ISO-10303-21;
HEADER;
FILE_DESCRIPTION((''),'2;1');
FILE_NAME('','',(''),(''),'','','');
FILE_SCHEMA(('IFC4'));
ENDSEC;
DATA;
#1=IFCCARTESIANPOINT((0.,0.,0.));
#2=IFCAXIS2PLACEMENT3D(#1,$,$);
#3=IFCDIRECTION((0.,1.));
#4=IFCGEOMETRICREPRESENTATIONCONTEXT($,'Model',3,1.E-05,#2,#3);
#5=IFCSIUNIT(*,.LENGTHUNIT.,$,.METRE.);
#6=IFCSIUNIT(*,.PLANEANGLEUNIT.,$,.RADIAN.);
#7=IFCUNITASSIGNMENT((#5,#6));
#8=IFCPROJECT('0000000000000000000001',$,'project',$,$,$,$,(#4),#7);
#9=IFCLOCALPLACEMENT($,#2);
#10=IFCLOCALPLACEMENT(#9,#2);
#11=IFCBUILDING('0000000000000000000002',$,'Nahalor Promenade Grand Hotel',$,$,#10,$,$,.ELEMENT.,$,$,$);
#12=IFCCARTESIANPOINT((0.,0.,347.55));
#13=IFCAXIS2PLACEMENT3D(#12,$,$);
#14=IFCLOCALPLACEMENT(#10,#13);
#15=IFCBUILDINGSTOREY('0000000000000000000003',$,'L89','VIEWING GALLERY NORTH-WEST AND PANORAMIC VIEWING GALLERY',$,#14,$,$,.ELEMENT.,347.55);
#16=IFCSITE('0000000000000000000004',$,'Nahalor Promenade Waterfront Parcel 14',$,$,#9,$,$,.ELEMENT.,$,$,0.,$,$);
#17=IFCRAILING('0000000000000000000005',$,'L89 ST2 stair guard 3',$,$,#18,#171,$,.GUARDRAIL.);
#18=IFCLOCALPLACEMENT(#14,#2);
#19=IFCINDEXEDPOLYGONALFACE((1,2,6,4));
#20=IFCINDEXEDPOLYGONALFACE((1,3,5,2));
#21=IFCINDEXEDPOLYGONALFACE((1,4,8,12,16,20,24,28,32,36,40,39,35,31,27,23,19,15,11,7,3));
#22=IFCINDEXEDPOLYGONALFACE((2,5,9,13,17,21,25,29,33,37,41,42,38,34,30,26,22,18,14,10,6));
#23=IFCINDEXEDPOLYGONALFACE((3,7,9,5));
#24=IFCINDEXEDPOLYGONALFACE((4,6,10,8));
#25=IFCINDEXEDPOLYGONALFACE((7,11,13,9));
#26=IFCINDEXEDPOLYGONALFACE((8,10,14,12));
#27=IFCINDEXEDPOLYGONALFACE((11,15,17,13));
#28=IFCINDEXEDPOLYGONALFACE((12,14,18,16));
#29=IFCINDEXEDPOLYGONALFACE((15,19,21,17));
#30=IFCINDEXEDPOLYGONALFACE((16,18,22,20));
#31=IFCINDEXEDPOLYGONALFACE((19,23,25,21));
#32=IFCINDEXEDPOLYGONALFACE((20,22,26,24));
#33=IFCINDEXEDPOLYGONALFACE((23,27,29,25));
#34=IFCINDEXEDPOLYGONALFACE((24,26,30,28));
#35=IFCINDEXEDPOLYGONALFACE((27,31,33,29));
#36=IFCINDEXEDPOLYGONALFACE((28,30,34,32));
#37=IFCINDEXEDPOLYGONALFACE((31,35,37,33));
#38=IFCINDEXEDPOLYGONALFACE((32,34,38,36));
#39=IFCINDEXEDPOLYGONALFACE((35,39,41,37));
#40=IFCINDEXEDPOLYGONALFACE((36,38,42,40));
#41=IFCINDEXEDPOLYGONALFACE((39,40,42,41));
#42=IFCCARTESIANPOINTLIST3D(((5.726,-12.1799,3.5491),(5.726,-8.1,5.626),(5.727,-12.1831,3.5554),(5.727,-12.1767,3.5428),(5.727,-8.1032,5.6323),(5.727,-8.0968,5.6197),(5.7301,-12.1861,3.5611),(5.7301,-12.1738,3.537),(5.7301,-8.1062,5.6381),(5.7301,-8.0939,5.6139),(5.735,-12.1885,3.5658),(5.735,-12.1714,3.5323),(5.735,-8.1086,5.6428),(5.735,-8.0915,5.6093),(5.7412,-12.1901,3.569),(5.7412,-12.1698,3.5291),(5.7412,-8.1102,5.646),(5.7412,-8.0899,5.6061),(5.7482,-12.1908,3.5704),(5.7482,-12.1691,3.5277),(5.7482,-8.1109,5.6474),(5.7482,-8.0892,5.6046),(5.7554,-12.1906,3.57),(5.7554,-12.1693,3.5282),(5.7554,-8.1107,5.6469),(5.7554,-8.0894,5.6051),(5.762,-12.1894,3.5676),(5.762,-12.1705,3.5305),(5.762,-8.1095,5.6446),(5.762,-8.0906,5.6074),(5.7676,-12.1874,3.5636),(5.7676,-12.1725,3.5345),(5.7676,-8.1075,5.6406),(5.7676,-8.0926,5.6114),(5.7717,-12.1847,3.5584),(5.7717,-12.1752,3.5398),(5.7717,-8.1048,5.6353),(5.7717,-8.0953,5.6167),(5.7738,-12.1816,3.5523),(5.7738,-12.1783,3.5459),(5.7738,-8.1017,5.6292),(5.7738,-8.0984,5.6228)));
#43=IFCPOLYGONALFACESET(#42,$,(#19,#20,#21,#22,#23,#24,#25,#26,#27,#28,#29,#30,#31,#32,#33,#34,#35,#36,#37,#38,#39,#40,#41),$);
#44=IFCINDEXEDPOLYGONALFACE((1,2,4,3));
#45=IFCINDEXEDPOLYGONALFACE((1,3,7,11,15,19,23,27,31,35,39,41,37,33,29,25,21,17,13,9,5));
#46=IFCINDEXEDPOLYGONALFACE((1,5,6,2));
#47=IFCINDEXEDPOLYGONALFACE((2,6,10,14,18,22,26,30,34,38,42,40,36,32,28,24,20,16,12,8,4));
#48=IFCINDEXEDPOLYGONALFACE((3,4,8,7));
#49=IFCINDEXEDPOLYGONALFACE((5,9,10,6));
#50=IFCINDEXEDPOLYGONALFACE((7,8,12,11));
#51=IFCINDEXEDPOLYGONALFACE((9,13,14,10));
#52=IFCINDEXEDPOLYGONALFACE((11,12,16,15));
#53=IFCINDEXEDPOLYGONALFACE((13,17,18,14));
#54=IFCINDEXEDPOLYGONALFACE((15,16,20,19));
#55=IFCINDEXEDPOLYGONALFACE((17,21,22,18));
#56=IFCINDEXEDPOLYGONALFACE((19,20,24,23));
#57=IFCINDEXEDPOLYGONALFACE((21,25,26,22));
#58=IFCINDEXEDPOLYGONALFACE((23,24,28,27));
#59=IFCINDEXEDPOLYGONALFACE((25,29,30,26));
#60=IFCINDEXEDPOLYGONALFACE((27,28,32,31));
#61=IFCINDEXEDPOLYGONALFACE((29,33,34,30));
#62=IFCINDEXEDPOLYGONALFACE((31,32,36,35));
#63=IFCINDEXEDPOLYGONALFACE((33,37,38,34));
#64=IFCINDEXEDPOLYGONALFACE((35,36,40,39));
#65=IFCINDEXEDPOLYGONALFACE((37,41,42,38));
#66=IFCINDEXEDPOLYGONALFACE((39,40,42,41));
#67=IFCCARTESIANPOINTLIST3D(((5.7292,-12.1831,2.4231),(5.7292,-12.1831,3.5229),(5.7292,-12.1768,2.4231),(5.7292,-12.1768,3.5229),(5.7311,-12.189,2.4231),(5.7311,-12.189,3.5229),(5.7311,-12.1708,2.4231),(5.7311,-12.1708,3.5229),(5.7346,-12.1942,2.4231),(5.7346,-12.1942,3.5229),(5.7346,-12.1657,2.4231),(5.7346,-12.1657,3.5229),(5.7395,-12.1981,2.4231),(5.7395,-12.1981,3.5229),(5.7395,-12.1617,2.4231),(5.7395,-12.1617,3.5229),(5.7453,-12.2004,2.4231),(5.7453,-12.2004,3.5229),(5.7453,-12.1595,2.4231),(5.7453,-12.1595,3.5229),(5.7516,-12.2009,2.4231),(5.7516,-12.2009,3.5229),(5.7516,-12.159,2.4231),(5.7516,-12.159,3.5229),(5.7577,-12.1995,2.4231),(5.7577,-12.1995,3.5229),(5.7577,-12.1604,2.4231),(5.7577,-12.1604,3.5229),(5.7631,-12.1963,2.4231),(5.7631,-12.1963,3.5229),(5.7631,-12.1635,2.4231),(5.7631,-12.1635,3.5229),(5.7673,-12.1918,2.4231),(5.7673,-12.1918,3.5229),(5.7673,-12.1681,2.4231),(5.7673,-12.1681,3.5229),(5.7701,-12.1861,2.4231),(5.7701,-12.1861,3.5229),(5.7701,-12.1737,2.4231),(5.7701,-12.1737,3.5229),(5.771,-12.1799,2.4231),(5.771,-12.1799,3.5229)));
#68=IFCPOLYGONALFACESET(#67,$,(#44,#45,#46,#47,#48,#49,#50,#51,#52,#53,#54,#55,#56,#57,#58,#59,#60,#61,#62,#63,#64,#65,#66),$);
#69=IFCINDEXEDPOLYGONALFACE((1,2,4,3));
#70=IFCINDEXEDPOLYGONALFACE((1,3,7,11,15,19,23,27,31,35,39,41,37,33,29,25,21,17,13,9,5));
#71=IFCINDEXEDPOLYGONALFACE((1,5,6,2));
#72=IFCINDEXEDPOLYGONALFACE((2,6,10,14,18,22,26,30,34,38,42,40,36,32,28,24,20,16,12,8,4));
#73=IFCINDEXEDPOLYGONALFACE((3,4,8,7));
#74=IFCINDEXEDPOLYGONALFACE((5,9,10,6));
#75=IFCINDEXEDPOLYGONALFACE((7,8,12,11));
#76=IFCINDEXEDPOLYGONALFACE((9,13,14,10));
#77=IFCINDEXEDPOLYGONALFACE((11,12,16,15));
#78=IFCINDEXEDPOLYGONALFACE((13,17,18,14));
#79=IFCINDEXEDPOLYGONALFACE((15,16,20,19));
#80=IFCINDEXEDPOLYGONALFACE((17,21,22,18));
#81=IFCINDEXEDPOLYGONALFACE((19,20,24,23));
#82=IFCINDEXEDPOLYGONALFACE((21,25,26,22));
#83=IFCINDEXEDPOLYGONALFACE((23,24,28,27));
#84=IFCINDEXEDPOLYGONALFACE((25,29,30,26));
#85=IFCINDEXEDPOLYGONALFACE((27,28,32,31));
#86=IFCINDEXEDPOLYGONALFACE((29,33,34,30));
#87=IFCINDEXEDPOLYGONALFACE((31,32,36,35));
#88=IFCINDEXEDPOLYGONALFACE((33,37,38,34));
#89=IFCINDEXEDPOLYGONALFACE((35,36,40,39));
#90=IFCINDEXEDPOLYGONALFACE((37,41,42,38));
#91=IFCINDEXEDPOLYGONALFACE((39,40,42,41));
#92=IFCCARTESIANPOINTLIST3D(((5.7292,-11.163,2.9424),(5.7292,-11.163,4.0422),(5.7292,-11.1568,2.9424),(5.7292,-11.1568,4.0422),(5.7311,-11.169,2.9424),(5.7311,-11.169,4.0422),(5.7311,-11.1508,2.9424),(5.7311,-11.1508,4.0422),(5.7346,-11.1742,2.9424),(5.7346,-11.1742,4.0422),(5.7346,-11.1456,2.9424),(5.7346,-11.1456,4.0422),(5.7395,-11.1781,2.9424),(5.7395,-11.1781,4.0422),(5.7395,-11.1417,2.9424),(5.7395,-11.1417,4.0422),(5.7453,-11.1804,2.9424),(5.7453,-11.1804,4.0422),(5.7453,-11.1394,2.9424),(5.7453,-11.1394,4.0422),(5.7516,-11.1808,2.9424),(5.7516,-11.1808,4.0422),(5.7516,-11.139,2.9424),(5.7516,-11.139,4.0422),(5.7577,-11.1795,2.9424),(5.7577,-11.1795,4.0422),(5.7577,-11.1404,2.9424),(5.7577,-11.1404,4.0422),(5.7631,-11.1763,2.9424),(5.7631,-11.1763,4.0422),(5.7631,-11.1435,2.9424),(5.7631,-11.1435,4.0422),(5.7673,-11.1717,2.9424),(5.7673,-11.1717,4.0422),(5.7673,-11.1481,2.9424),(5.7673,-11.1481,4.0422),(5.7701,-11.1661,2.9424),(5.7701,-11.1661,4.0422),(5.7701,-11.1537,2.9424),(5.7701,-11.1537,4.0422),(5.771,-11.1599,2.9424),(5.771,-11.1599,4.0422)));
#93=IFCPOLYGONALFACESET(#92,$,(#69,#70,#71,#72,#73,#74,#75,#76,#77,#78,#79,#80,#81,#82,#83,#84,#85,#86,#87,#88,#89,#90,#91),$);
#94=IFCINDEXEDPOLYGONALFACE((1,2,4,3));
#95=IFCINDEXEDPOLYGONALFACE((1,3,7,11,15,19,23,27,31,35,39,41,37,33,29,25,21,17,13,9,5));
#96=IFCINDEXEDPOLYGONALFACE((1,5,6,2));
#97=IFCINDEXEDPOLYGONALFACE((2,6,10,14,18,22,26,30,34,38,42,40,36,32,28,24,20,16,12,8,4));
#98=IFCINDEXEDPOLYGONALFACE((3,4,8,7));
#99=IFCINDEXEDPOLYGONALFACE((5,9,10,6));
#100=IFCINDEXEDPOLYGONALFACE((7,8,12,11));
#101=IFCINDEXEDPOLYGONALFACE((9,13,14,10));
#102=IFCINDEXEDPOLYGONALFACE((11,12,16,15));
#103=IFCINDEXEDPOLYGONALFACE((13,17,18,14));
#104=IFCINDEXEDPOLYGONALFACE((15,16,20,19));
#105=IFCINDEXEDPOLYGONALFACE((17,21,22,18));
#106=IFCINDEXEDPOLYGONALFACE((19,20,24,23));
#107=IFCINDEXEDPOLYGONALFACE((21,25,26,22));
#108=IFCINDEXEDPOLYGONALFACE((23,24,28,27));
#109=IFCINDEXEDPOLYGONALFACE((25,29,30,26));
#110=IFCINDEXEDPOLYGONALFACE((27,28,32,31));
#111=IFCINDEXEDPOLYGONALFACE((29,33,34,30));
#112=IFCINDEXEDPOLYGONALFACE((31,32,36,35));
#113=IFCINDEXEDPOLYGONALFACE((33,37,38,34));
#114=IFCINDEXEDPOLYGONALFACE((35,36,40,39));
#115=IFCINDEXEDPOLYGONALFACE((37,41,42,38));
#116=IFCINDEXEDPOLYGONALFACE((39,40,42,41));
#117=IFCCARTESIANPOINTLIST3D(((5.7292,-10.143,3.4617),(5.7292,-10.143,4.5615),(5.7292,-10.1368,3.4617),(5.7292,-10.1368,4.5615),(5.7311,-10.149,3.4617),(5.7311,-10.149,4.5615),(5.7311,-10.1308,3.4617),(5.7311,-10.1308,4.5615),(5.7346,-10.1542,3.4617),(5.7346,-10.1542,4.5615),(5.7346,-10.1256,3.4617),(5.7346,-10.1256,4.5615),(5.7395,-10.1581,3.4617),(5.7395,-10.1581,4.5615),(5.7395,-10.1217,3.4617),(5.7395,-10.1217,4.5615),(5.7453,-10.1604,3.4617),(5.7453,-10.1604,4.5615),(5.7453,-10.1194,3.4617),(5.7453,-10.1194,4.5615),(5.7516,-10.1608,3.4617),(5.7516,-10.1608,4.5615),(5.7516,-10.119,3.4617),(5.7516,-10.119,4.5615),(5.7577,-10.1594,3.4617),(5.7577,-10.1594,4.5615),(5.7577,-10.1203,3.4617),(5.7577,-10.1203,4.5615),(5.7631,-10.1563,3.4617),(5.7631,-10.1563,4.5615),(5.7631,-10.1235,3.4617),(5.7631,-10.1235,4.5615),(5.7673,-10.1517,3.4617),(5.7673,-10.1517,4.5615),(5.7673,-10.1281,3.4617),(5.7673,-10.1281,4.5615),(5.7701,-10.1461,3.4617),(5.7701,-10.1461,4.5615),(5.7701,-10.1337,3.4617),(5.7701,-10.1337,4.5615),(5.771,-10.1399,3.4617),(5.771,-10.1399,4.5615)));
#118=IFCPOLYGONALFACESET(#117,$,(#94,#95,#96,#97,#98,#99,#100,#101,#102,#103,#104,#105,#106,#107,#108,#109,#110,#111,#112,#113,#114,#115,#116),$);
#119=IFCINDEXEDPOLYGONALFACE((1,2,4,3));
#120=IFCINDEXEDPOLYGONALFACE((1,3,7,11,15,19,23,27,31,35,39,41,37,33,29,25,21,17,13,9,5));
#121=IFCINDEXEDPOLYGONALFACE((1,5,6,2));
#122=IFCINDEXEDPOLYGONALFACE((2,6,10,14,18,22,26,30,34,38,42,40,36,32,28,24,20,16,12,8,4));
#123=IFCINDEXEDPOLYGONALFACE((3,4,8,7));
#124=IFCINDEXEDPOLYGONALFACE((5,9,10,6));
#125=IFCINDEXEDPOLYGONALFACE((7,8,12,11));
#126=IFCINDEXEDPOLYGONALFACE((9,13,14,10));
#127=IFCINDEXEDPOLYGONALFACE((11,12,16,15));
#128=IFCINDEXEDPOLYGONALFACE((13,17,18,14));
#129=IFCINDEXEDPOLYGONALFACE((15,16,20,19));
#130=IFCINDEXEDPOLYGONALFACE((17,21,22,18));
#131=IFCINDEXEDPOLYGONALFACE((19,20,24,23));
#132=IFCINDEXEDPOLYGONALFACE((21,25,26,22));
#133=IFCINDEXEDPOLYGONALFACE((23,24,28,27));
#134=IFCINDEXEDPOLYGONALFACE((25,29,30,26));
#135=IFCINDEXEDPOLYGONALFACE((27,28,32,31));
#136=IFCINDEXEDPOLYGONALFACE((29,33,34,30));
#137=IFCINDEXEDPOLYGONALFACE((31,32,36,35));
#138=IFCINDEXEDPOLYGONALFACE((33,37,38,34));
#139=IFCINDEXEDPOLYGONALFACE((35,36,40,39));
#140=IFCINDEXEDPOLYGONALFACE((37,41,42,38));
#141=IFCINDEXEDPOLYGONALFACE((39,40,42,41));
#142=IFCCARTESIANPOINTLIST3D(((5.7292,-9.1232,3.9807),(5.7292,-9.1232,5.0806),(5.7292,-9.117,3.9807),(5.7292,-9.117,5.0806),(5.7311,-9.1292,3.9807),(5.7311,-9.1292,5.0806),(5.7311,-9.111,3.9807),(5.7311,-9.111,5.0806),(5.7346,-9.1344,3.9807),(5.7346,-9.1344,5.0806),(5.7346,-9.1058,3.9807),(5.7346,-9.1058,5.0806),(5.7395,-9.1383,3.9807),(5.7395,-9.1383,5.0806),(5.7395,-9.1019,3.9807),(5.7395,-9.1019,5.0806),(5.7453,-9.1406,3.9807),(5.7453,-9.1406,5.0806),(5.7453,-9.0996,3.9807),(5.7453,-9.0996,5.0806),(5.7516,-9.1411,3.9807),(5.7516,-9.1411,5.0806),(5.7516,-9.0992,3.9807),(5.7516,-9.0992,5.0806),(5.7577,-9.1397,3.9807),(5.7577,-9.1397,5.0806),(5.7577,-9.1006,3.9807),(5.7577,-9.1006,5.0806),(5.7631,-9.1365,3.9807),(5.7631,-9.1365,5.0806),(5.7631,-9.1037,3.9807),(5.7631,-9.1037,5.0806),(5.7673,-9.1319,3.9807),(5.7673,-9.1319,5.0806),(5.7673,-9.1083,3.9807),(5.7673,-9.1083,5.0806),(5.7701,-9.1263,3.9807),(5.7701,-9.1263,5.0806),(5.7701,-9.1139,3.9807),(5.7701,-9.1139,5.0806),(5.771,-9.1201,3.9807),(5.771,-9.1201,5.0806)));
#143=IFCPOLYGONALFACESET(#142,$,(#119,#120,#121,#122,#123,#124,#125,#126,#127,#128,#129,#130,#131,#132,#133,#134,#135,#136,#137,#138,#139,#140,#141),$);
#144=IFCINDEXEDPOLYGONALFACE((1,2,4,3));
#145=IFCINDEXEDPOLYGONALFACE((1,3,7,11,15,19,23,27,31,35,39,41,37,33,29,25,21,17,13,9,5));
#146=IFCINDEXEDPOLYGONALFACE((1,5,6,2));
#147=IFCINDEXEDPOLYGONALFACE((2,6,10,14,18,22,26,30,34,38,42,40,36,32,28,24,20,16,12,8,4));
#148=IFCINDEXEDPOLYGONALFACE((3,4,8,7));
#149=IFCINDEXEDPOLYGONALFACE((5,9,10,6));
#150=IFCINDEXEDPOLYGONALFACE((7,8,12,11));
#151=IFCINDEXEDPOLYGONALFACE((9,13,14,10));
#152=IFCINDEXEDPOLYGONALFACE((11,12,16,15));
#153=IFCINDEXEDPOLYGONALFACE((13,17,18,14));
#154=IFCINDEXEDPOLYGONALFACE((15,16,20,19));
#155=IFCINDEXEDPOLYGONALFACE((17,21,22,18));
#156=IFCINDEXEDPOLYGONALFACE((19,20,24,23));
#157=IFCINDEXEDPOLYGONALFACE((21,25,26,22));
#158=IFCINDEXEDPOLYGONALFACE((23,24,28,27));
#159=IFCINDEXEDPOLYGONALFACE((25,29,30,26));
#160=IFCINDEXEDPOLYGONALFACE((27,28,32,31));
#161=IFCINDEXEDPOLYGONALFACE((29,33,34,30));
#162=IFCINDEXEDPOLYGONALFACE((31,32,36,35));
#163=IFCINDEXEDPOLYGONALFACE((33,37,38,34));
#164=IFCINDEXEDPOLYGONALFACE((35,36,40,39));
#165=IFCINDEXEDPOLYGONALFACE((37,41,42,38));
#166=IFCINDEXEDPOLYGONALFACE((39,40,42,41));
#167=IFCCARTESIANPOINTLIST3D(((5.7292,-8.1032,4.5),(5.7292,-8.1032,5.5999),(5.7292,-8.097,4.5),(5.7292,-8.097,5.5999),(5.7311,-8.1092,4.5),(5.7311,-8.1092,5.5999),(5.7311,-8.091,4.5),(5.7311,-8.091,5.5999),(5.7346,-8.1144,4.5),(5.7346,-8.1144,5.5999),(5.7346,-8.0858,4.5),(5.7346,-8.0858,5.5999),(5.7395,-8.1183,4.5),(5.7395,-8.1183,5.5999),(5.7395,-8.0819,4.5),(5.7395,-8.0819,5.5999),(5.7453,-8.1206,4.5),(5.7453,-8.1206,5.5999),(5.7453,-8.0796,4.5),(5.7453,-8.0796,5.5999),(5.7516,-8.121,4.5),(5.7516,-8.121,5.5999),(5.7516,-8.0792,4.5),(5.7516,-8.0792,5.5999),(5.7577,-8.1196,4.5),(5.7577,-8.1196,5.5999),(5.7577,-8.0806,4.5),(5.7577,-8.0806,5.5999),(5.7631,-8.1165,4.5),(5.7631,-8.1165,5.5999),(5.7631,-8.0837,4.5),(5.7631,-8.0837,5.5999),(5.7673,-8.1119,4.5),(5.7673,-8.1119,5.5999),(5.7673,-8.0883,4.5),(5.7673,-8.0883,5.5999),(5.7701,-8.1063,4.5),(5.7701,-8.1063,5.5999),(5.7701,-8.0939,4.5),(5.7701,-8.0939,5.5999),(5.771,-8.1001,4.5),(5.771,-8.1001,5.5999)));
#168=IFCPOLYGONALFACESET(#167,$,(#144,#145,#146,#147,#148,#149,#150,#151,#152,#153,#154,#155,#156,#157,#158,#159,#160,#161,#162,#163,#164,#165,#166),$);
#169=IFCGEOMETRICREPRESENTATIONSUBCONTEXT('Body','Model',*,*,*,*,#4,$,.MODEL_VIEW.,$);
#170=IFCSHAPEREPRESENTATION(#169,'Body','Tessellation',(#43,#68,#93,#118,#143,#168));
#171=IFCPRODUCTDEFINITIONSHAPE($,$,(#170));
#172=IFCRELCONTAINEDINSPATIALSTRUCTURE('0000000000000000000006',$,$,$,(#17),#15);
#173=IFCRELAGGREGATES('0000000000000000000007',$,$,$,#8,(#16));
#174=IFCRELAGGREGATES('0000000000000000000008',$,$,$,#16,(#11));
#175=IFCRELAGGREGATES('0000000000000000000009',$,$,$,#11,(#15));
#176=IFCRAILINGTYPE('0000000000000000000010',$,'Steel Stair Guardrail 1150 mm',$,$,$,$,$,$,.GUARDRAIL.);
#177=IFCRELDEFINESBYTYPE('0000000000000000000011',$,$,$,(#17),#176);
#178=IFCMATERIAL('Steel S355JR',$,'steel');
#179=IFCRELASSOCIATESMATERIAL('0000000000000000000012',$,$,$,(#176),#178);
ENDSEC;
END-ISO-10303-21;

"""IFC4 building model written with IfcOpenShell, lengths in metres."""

from ifc_helpers import new_model, si_unit, direction, frame, origin, origin_2d, place, context, subcontext, project, spatial, circle, extrude, material, type_object, element, save


model = new_model("IFC4")

# Units and contexts
model_context = context("Model", 3, precision=1e-05, world=origin(), true_north=direction((0.0, 1.0)))
body_context = subcontext(model_context, "Body", "Model", "MODEL_VIEW")
ifc_project = project(units=[si_unit("LENGTHUNIT", "METRE"), si_unit("PLANEANGLEUNIT", "RADIAN")], contexts=[model_context])

# Site, building, storey
site_placement = place(None, origin())
site = spatial("IfcSite", under=ifc_project, at=site_placement, Name="Nahalor Promenade Waterfront Parcel 14", CompositionType="ELEMENT", RefElevation=0.0)
building_placement = place(site_placement, origin())
building = spatial("IfcBuilding", under=site, at=building_placement, Name="Nahalor Promenade Grand Hotel", CompositionType="ELEMENT")
storey_placement = place(building_placement, frame((0.0, 0.0, 347.55)))
storey = spatial("IfcBuildingStorey", under=building, at=storey_placement, Name="L89", Description="VIEWING GALLERY NORTH-WEST AND PANORAMIC VIEWING GALLERY", CompositionType="ELEMENT", Elevation=347.55)

# Shared definitions
ifc_material_1 = material(Name="Steel S355JR", Category="steel")

# Railing
railing_type_1 = type_object("IfcRailingType", Name="Steel Stair Guardrail 1150 mm", PredefinedType="GUARDRAIL", material=ifc_material_1)
railing_1_placement = place(storey_placement, frame((5.75, -12.1799, 2.4231)))
element("IfcRailing", 1, at=railing_1_placement, inside=storey, type_object=railing_type_1, Name="L89 ST2 stair guard 3", PredefinedType="GUARDRAIL", context=body_context, shape_type="SweptSolid", body=[
    extrude(circle(Radius=0.024, at=origin_2d()), frame((0.0, 0.0, 1.126), z_axis=(0.0, 0.891172, 0.453665), x_axis=(-1.0, 0.0, 0.0)), (0.0, 0.0, 1.0), 4.5781),
    extrude(circle(Radius=0.021, at=origin_2d()), origin(), (0.0, 0.0, 1.0), 1.0999),
    extrude(circle(Radius=0.021, at=origin_2d()), frame((0.0, 1.02, 0.5193)), (0.0, 0.0, 1.0), 1.0999),
    extrude(circle(Radius=0.021, at=origin_2d()), frame((0.0, 2.04, 1.0386)), (0.0, 0.0, 1.0), 1.0999),
    extrude(circle(Radius=0.021, at=origin_2d()), frame((0.0, 3.0598, 1.5576)), (0.0, 0.0, 1.0), 1.0999),
    extrude(circle(Radius=0.021, at=origin_2d()), frame((0.0, 4.0798, 2.0769)), (0.0, 0.0, 1.0), 1.0999),
])

save(model, "model.ifc")
